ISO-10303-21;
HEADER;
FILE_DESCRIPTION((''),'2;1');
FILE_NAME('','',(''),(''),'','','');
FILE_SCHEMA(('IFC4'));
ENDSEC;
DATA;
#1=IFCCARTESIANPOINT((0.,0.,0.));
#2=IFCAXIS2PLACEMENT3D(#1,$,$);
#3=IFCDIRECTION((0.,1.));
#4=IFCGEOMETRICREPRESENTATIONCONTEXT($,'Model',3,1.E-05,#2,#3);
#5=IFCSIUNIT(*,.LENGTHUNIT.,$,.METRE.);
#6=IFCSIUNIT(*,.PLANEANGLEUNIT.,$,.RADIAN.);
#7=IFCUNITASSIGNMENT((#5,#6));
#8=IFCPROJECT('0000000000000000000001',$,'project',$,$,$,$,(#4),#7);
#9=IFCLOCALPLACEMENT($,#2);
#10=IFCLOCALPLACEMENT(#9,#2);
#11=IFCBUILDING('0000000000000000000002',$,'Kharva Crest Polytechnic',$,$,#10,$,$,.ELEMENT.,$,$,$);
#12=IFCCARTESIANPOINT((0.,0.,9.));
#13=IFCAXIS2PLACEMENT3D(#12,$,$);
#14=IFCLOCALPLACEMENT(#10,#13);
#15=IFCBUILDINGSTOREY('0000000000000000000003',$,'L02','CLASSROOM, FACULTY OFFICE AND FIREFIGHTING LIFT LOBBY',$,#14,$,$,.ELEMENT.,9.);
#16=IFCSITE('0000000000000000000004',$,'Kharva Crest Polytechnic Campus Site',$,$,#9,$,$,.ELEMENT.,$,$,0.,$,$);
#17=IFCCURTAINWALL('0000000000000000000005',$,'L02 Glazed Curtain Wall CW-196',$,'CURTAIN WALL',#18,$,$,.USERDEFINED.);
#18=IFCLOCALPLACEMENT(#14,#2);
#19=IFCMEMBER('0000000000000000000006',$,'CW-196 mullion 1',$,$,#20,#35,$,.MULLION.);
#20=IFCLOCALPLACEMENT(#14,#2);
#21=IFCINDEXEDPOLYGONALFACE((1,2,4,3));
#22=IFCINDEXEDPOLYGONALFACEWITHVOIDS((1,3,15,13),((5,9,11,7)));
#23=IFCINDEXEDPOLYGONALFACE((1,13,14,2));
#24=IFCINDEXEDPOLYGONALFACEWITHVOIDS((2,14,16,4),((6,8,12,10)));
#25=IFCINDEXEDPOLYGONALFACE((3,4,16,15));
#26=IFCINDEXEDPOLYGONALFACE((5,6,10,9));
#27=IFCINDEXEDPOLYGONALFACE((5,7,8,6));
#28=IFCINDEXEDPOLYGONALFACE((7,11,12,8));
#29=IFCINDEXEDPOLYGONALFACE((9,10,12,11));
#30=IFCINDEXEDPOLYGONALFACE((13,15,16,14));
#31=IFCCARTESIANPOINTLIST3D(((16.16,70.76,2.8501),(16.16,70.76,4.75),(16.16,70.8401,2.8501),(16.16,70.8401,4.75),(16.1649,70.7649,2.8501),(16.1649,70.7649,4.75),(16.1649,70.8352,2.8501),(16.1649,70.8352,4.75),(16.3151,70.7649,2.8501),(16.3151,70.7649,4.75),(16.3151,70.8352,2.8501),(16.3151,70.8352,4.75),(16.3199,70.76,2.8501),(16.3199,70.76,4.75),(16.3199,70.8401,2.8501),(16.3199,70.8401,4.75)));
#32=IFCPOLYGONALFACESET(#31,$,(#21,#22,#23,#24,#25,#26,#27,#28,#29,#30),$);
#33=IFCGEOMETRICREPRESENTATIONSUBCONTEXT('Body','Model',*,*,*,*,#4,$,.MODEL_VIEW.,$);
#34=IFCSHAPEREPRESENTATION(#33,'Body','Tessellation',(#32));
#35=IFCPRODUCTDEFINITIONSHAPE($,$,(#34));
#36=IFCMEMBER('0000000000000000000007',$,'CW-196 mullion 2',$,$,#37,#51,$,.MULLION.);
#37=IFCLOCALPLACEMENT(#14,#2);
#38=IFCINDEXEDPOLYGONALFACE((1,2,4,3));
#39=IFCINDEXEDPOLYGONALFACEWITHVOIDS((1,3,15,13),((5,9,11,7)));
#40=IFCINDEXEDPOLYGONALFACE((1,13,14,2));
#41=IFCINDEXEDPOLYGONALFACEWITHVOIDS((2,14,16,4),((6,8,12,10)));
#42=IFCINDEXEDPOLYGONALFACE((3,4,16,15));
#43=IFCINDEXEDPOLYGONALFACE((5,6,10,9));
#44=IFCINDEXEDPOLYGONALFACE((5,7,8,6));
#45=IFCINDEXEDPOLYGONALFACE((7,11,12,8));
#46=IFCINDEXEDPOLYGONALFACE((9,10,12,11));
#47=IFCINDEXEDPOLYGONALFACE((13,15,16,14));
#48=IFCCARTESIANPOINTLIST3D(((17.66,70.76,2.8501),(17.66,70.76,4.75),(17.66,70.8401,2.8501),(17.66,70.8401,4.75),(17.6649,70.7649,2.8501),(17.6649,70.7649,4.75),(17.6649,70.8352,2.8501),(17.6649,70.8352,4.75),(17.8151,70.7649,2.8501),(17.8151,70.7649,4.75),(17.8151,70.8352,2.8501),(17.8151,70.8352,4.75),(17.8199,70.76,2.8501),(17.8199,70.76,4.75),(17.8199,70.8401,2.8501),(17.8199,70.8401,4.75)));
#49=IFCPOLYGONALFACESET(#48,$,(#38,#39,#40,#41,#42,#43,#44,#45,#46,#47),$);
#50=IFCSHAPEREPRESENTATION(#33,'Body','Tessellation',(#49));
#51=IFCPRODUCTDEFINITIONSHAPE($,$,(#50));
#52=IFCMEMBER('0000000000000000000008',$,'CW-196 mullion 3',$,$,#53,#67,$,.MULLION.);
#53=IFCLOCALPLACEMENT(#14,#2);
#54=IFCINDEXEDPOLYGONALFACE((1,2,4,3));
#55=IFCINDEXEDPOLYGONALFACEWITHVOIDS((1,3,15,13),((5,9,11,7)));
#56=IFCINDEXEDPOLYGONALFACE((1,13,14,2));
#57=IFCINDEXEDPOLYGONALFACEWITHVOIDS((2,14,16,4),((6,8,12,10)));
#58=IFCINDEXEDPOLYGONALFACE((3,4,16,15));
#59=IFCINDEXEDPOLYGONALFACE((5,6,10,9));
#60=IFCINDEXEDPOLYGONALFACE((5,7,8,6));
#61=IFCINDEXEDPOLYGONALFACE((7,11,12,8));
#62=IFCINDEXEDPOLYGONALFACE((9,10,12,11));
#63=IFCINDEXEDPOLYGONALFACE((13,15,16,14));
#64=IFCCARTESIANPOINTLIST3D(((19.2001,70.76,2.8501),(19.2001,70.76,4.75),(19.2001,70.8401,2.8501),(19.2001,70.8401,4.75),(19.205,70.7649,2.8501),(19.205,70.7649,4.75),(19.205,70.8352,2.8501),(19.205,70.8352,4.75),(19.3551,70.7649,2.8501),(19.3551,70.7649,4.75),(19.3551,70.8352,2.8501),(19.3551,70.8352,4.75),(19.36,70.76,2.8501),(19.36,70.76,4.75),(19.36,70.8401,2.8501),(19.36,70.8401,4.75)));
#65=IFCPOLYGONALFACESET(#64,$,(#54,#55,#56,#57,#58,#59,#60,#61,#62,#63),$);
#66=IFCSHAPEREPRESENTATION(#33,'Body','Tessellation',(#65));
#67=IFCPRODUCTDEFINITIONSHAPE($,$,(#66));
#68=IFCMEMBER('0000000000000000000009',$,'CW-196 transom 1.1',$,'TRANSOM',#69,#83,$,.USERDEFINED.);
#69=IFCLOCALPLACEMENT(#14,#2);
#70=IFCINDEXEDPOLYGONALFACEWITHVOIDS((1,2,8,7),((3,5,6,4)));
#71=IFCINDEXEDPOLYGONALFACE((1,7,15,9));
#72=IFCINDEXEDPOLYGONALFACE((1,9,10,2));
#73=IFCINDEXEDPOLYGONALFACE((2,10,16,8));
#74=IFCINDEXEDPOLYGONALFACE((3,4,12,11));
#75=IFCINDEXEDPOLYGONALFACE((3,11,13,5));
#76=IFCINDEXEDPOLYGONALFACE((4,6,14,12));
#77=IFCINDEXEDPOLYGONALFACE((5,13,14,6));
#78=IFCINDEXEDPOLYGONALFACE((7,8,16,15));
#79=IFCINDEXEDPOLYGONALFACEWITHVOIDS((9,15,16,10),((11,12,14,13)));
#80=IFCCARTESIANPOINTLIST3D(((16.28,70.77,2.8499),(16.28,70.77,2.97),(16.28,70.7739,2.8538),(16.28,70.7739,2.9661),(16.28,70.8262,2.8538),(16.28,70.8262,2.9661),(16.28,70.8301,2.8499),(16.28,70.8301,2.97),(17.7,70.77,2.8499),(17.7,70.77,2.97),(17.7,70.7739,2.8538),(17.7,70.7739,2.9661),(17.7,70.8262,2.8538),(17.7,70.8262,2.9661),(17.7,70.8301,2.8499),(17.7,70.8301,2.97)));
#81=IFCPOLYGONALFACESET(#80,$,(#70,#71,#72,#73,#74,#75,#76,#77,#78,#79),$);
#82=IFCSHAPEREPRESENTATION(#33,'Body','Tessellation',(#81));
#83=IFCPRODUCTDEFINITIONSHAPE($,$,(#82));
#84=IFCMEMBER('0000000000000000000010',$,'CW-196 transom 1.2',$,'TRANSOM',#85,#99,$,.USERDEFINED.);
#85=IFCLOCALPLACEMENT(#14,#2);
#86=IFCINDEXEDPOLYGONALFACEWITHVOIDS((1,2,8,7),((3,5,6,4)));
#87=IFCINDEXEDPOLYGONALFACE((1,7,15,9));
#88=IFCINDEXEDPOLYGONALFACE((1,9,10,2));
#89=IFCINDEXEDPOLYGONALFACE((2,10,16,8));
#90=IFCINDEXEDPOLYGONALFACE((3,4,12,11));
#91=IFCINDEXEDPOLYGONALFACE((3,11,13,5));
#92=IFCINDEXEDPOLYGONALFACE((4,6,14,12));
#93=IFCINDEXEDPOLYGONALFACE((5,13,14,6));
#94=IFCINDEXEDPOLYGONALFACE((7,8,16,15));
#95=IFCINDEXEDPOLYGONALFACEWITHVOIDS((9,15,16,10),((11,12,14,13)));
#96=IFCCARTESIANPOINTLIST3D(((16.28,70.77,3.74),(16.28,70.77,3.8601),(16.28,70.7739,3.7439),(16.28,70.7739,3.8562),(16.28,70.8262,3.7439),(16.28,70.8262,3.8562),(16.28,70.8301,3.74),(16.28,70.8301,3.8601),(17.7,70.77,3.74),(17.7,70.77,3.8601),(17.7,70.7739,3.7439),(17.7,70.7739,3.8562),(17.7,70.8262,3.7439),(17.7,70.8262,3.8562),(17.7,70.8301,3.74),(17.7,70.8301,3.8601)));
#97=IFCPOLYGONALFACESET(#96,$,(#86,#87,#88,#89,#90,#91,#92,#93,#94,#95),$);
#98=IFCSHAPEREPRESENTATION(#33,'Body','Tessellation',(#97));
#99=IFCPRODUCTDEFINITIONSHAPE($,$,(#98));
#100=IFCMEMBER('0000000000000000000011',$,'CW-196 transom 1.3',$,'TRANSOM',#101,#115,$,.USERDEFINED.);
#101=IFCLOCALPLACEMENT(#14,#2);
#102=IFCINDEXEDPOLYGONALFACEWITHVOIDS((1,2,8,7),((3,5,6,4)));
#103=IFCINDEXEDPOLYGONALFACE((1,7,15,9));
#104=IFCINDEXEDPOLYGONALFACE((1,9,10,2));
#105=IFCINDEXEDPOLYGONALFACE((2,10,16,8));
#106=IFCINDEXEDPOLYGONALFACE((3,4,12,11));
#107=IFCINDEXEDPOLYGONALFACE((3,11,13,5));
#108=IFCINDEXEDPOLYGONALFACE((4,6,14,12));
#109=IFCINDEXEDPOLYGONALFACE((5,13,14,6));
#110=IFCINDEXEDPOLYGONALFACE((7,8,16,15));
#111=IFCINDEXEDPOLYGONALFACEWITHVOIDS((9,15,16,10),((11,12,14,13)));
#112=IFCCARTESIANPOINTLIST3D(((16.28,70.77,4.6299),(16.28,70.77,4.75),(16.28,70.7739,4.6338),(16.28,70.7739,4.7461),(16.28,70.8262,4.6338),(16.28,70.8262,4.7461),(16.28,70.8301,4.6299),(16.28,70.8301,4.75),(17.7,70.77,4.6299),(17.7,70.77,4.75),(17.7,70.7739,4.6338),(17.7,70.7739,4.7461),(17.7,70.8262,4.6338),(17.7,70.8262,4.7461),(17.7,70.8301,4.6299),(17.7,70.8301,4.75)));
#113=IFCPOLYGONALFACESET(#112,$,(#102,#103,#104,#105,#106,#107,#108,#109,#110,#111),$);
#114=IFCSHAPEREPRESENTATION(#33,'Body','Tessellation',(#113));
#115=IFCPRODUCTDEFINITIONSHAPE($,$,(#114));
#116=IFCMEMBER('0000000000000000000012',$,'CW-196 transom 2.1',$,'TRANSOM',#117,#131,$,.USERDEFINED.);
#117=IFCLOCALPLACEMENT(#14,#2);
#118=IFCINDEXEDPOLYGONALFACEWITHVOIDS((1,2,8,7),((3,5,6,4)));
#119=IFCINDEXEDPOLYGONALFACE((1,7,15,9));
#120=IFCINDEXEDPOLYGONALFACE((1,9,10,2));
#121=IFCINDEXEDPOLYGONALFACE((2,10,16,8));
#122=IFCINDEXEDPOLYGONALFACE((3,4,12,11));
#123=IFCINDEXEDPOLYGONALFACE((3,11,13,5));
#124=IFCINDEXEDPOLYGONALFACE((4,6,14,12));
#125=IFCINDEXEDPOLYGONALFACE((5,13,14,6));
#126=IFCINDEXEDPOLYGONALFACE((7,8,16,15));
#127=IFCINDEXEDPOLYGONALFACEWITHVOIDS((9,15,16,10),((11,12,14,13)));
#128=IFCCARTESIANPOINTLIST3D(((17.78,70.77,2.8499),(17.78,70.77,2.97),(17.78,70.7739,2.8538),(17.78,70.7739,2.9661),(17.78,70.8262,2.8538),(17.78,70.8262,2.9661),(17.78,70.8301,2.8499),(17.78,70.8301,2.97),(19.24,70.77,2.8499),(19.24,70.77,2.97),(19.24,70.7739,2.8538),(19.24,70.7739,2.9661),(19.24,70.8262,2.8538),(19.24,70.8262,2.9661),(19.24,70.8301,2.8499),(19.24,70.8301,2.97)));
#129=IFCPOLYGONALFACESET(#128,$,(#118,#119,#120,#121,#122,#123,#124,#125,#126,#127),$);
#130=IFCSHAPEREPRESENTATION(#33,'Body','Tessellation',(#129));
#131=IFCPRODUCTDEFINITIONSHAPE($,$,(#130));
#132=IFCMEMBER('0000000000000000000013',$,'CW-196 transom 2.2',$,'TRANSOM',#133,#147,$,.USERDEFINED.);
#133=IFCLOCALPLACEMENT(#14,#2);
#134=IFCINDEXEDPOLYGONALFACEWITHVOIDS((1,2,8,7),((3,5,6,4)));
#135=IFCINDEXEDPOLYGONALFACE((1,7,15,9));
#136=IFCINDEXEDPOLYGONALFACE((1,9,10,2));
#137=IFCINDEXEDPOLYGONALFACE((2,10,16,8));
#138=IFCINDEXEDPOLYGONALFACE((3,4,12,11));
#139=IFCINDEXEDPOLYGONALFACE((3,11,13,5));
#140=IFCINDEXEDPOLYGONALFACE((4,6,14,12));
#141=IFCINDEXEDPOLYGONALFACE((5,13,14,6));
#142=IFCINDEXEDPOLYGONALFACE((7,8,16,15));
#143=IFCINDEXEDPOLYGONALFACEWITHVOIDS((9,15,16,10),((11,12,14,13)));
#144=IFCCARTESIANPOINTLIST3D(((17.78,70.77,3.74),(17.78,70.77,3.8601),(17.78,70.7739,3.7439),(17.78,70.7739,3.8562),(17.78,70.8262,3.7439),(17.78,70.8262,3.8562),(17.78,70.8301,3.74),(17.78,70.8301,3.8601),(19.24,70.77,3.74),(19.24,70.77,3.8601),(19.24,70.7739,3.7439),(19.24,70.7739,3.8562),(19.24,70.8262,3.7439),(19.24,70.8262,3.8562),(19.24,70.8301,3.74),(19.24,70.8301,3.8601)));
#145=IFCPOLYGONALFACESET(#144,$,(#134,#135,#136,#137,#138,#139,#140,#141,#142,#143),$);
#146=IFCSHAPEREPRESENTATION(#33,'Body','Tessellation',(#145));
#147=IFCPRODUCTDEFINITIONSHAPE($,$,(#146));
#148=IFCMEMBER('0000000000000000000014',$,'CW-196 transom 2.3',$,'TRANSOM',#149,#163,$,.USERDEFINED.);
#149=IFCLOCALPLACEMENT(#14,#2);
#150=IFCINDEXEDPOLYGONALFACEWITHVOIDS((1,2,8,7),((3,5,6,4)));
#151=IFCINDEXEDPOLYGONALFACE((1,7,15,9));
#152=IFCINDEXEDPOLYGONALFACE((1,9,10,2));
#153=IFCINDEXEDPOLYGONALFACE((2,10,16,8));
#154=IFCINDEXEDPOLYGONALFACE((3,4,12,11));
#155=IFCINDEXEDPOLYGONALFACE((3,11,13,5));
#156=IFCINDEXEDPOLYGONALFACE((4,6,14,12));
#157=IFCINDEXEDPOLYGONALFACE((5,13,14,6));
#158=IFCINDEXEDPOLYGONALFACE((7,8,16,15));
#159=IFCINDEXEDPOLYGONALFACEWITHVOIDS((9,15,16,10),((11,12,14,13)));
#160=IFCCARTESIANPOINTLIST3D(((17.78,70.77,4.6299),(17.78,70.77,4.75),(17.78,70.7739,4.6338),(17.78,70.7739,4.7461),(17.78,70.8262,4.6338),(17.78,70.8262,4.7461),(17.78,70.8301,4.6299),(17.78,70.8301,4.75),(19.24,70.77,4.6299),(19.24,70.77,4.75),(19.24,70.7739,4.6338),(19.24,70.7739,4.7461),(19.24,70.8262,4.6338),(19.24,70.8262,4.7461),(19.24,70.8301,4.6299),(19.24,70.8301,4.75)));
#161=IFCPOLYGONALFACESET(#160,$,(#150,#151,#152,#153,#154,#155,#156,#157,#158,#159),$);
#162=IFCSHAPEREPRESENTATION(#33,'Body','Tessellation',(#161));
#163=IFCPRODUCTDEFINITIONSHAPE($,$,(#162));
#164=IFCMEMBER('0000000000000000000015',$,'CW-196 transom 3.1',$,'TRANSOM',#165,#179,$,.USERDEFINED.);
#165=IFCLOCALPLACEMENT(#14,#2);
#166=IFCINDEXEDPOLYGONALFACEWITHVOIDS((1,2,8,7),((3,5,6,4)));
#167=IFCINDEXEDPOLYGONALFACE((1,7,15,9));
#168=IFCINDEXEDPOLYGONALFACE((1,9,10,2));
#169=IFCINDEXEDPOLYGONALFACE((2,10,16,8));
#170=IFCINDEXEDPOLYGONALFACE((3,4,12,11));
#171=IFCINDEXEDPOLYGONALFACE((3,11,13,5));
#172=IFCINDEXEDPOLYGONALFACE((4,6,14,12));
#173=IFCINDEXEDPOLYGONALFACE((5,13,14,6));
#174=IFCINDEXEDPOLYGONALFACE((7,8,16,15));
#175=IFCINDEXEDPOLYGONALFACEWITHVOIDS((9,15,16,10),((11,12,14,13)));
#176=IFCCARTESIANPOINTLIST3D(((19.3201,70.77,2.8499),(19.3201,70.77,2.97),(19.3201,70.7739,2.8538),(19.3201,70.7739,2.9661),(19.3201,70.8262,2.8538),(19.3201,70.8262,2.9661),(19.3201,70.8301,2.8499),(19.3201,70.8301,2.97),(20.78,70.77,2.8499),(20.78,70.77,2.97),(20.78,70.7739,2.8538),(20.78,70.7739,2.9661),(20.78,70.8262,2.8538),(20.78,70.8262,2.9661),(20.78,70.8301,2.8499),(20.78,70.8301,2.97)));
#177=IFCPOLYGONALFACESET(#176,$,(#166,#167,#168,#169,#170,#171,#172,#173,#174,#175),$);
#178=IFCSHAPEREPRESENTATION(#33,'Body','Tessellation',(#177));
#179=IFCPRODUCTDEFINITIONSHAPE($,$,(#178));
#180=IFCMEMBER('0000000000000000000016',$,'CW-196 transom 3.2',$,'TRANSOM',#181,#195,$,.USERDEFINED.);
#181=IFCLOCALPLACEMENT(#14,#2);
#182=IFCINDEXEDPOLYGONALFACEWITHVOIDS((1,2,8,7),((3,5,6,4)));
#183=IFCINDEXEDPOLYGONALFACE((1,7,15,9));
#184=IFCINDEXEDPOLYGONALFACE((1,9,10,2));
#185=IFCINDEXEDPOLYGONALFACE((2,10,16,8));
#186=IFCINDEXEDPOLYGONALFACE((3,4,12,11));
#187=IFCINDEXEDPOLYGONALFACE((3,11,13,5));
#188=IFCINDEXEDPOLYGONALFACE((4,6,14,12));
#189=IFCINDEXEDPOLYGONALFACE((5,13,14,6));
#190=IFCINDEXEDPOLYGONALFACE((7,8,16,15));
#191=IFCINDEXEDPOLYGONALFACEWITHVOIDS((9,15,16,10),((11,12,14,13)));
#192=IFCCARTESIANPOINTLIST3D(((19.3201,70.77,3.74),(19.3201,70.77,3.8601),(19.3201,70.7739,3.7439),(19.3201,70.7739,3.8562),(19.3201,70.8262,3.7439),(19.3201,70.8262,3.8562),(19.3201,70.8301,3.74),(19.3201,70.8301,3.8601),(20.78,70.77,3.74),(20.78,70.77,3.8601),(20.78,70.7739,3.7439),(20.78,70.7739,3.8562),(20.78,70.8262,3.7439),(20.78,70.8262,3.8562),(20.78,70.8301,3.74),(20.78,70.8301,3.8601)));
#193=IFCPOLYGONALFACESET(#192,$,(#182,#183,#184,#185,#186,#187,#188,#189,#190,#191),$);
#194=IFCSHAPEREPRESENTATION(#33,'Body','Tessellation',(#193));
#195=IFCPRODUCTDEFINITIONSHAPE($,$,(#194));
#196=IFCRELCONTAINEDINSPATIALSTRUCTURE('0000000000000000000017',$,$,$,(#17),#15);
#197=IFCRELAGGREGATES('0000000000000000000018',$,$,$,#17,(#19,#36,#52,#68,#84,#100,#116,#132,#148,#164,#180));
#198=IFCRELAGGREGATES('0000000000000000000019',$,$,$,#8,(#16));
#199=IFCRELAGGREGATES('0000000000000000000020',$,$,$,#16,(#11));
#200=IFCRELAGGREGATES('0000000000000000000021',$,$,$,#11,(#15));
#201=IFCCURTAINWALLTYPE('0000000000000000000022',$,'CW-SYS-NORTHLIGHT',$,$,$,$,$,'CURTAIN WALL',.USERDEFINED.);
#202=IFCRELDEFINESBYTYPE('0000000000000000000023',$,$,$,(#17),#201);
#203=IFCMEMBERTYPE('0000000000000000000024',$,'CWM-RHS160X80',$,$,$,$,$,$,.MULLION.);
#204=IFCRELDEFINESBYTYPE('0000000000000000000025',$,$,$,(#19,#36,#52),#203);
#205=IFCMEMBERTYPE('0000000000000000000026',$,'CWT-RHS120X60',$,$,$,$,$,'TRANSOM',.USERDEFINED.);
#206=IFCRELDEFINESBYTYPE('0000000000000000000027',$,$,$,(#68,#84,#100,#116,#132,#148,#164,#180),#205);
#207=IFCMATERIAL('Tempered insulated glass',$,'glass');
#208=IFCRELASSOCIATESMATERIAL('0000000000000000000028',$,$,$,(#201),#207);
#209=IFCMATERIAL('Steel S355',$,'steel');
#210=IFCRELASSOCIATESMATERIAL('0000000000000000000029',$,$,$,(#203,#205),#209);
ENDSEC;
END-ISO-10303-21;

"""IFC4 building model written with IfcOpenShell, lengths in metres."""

from ifc_helpers import new_model, si_unit, direction, frame, origin, origin_2d, place, context, subcontext, project, spatial, hollow_rectangle, extrude, material, material_profile, profile_set, type_object, element, aggregate, save


model = new_model("IFC4")

# Units and contexts
model_context = context("Model", 3, precision=1e-05, world=origin(), true_north=direction((0.0, 1.0)))
body_context = subcontext(model_context, "Body", "Model", "MODEL_VIEW")
ifc_project = project(units=[si_unit("LENGTHUNIT", "METRE"), si_unit("PLANEANGLEUNIT", "RADIAN")], contexts=[model_context])

# Site, building, storey
site_placement = place(None, origin())
site = spatial("IfcSite", under=ifc_project, at=site_placement, Name="Kharva Crest Polytechnic Campus Site", CompositionType="ELEMENT", RefElevation=0.0)
building_placement = place(site_placement, origin())
building = spatial("IfcBuilding", under=site, at=building_placement, Name="Kharva Crest Polytechnic", CompositionType="ELEMENT")
storey_placement = place(building_placement, frame((0.0, 0.0, 9.0)))
storey = spatial("IfcBuildingStorey", under=building, at=storey_placement, Name="L02", Description="CLASSROOM, FACULTY OFFICE AND FIREFIGHTING LIFT LOBBY", CompositionType="ELEMENT", Elevation=9.0)

# Curtain wall, members
ifc_material_1 = material(Name="Tempered insulated glass", Category="glass")
curtain_wall_type = type_object("IfcCurtainWallType", Name="CW-SYS-NORTHLIGHT", ElementType="CURTAIN WALL", PredefinedType="USERDEFINED", material=ifc_material_1)
curtain_wall_placement = place(storey_placement, origin())
curtain_wall = element("IfcCurtainWall", 1, at=curtain_wall_placement, inside=storey, type_object=curtain_wall_type, Name="L02 Glazed Curtain Wall CW-196", ObjectType="CURTAIN WALL", PredefinedType="USERDEFINED")
ifc_material_2 = material(Name="Steel S355", Category="steel")
ifc_material_profile_1 = material_profile(ifc_material_2, hollow_rectangle(XDim=0.0801, YDim=0.1599, WallThickness=0.0049, at=origin_2d()), Name="RHS 160X80X5.0")
ifc_profile_set_1 = profile_set([ifc_material_profile_1], Name="Steel S355")
member_type_1 = type_object("IfcMemberType", Name="CWM-RHS160X80", PredefinedType="MULLION", material=ifc_profile_set_1)
member_1_placement = place(storey_placement, frame((16.24, 70.8, 2.8501), z_axis=(0.0, 0.0, 1.0), x_axis=(0.0, 1.0, 0.0)))
member_1 = element("IfcMember", 2, at=member_1_placement, type_object=member_type_1, Name="CW-196 mullion 1", PredefinedType="MULLION", context=body_context, shape_type="SweptSolid", body=[
    extrude(hollow_rectangle(XDim=0.0801, YDim=0.1599, WallThickness=0.0049, at=origin_2d()), origin(), (0.0, 0.0, 1.0), 1.8999),
])
member_2_placement = place(storey_placement, frame((17.74, 70.8, 2.8501), z_axis=(0.0, 0.0, 1.0), x_axis=(0.0, 1.0, 0.0)))
member_2 = element("IfcMember", 3, at=member_2_placement, type_object=member_type_1, Name="CW-196 mullion 2", PredefinedType="MULLION", context=body_context, shape_type="SweptSolid", body=[
    extrude(hollow_rectangle(XDim=0.0801, YDim=0.1599, WallThickness=0.0049, at=origin_2d()), origin(), (0.0, 0.0, 1.0), 1.8999),
])
member_3_placement = place(storey_placement, frame((19.28, 70.8, 2.8501), z_axis=(0.0, 0.0, 1.0), x_axis=(0.0, 1.0, 0.0)))
member_3 = element("IfcMember", 4, at=member_3_placement, type_object=member_type_1, Name="CW-196 mullion 3", PredefinedType="MULLION", context=body_context, shape_type="SweptSolid", body=[
    extrude(hollow_rectangle(XDim=0.0801, YDim=0.1599, WallThickness=0.0049, at=origin_2d()), origin(), (0.0, 0.0, 1.0), 1.8999),
])
ifc_material_profile_2 = material_profile(ifc_material_2, hollow_rectangle(XDim=0.0601, YDim=0.1201, WallThickness=0.0039, at=origin_2d()), Name="RHS 120X60X4.0")
ifc_profile_set_2 = profile_set([ifc_material_profile_2], Name="Steel S355")
member_type_2 = type_object("IfcMemberType", Name="CWT-RHS120X60", ElementType="TRANSOM", PredefinedType="USERDEFINED", material=ifc_profile_set_2)
member_4_placement = place(storey_placement, frame((16.28, 70.8, 2.9099), z_axis=(1.0, 0.0, 0.0), x_axis=(0.0, 1.0, 0.0)))
member_4 = element("IfcMember", 5, at=member_4_placement, type_object=member_type_2, Name="CW-196 transom 1.1", ObjectType="TRANSOM", PredefinedType="USERDEFINED", context=body_context, shape_type="SweptSolid", body=[
    extrude(hollow_rectangle(XDim=0.0601, YDim=0.1201, WallThickness=0.0039, at=origin_2d()), origin(), (0.0, 0.0, 1.0), 1.4199),
])
member_5_placement = place(storey_placement, frame((16.28, 70.8, 3.8), z_axis=(1.0, 0.0, 0.0), x_axis=(0.0, 1.0, 0.0)))
member_5 = element("IfcMember", 6, at=member_5_placement, type_object=member_type_2, Name="CW-196 transom 1.2", ObjectType="TRANSOM", PredefinedType="USERDEFINED", context=body_context, shape_type="SweptSolid", body=[
    extrude(hollow_rectangle(XDim=0.0601, YDim=0.1201, WallThickness=0.0039, at=origin_2d()), origin(), (0.0, 0.0, 1.0), 1.4199),
])
member_6_placement = place(storey_placement, frame((16.28, 70.8, 4.6899), z_axis=(1.0, 0.0, 0.0), x_axis=(0.0, 1.0, 0.0)))
member_6 = element("IfcMember", 7, at=member_6_placement, type_object=member_type_2, Name="CW-196 transom 1.3", ObjectType="TRANSOM", PredefinedType="USERDEFINED", context=body_context, shape_type="SweptSolid", body=[
    extrude(hollow_rectangle(XDim=0.0601, YDim=0.1201, WallThickness=0.0039, at=origin_2d()), origin(), (0.0, 0.0, 1.0), 1.4199),
])
member_7_placement = place(storey_placement, frame((17.78, 70.8, 2.9099), z_axis=(1.0, 0.0, 0.0), x_axis=(0.0, 1.0, 0.0)))
member_7 = element("IfcMember", 8, at=member_7_placement, type_object=member_type_2, Name="CW-196 transom 2.1", ObjectType="TRANSOM", PredefinedType="USERDEFINED", context=body_context, shape_type="SweptSolid", body=[
    extrude(hollow_rectangle(XDim=0.0601, YDim=0.1201, WallThickness=0.0039, at=origin_2d()), origin(), (0.0, 0.0, 1.0), 1.46),
])
member_8_placement = place(storey_placement, frame((17.78, 70.8, 3.8), z_axis=(1.0, 0.0, 0.0), x_axis=(0.0, 1.0, 0.0)))
member_8 = element("IfcMember", 9, at=member_8_placement, type_object=member_type_2, Name="CW-196 transom 2.2", ObjectType="TRANSOM", PredefinedType="USERDEFINED", context=body_context, shape_type="SweptSolid", body=[
    extrude(hollow_rectangle(XDim=0.0601, YDim=0.1201, WallThickness=0.0039, at=origin_2d()), origin(), (0.0, 0.0, 1.0), 1.46),
])
member_9_placement = place(storey_placement, frame((17.78, 70.8, 4.6899), z_axis=(1.0, 0.0, 0.0), x_axis=(0.0, 1.0, 0.0)))
member_9 = element("IfcMember", 10, at=member_9_placement, type_object=member_type_2, Name="CW-196 transom 2.3", ObjectType="TRANSOM", PredefinedType="USERDEFINED", context=body_context, shape_type="SweptSolid", body=[
    extrude(hollow_rectangle(XDim=0.0601, YDim=0.1201, WallThickness=0.0039, at=origin_2d()), origin(), (0.0, 0.0, 1.0), 1.46),
])
member_10_placement = place(storey_placement, frame((19.3201, 70.8, 2.9099), z_axis=(1.0, 0.0, 0.0), x_axis=(0.0, 1.0, 0.0)))
member_10 = element("IfcMember", 11, at=member_10_placement, type_object=member_type_2, Name="CW-196 transom 3.1", ObjectType="TRANSOM", PredefinedType="USERDEFINED", context=body_context, shape_type="SweptSolid", body=[
    extrude(hollow_rectangle(XDim=0.0601, YDim=0.1201, WallThickness=0.0039, at=origin_2d()), origin(), (0.0, 0.0, 1.0), 1.46),
])
member_11_placement = place(storey_placement, frame((19.3201, 70.8, 3.8), z_axis=(1.0, 0.0, 0.0), x_axis=(0.0, 1.0, 0.0)))
member_11 = element("IfcMember", 12, at=member_11_placement, type_object=member_type_2, Name="CW-196 transom 3.2", ObjectType="TRANSOM", PredefinedType="USERDEFINED", context=body_context, shape_type="SweptSolid", body=[
    extrude(hollow_rectangle(XDim=0.0601, YDim=0.1201, WallThickness=0.0039, at=origin_2d()), origin(), (0.0, 0.0, 1.0), 1.46),
])

aggregate(curtain_wall, [member_1, member_2, member_3, member_4, member_5, member_6, member_7, member_8, member_9, member_10, member_11])

save(model, "model.ifc")
